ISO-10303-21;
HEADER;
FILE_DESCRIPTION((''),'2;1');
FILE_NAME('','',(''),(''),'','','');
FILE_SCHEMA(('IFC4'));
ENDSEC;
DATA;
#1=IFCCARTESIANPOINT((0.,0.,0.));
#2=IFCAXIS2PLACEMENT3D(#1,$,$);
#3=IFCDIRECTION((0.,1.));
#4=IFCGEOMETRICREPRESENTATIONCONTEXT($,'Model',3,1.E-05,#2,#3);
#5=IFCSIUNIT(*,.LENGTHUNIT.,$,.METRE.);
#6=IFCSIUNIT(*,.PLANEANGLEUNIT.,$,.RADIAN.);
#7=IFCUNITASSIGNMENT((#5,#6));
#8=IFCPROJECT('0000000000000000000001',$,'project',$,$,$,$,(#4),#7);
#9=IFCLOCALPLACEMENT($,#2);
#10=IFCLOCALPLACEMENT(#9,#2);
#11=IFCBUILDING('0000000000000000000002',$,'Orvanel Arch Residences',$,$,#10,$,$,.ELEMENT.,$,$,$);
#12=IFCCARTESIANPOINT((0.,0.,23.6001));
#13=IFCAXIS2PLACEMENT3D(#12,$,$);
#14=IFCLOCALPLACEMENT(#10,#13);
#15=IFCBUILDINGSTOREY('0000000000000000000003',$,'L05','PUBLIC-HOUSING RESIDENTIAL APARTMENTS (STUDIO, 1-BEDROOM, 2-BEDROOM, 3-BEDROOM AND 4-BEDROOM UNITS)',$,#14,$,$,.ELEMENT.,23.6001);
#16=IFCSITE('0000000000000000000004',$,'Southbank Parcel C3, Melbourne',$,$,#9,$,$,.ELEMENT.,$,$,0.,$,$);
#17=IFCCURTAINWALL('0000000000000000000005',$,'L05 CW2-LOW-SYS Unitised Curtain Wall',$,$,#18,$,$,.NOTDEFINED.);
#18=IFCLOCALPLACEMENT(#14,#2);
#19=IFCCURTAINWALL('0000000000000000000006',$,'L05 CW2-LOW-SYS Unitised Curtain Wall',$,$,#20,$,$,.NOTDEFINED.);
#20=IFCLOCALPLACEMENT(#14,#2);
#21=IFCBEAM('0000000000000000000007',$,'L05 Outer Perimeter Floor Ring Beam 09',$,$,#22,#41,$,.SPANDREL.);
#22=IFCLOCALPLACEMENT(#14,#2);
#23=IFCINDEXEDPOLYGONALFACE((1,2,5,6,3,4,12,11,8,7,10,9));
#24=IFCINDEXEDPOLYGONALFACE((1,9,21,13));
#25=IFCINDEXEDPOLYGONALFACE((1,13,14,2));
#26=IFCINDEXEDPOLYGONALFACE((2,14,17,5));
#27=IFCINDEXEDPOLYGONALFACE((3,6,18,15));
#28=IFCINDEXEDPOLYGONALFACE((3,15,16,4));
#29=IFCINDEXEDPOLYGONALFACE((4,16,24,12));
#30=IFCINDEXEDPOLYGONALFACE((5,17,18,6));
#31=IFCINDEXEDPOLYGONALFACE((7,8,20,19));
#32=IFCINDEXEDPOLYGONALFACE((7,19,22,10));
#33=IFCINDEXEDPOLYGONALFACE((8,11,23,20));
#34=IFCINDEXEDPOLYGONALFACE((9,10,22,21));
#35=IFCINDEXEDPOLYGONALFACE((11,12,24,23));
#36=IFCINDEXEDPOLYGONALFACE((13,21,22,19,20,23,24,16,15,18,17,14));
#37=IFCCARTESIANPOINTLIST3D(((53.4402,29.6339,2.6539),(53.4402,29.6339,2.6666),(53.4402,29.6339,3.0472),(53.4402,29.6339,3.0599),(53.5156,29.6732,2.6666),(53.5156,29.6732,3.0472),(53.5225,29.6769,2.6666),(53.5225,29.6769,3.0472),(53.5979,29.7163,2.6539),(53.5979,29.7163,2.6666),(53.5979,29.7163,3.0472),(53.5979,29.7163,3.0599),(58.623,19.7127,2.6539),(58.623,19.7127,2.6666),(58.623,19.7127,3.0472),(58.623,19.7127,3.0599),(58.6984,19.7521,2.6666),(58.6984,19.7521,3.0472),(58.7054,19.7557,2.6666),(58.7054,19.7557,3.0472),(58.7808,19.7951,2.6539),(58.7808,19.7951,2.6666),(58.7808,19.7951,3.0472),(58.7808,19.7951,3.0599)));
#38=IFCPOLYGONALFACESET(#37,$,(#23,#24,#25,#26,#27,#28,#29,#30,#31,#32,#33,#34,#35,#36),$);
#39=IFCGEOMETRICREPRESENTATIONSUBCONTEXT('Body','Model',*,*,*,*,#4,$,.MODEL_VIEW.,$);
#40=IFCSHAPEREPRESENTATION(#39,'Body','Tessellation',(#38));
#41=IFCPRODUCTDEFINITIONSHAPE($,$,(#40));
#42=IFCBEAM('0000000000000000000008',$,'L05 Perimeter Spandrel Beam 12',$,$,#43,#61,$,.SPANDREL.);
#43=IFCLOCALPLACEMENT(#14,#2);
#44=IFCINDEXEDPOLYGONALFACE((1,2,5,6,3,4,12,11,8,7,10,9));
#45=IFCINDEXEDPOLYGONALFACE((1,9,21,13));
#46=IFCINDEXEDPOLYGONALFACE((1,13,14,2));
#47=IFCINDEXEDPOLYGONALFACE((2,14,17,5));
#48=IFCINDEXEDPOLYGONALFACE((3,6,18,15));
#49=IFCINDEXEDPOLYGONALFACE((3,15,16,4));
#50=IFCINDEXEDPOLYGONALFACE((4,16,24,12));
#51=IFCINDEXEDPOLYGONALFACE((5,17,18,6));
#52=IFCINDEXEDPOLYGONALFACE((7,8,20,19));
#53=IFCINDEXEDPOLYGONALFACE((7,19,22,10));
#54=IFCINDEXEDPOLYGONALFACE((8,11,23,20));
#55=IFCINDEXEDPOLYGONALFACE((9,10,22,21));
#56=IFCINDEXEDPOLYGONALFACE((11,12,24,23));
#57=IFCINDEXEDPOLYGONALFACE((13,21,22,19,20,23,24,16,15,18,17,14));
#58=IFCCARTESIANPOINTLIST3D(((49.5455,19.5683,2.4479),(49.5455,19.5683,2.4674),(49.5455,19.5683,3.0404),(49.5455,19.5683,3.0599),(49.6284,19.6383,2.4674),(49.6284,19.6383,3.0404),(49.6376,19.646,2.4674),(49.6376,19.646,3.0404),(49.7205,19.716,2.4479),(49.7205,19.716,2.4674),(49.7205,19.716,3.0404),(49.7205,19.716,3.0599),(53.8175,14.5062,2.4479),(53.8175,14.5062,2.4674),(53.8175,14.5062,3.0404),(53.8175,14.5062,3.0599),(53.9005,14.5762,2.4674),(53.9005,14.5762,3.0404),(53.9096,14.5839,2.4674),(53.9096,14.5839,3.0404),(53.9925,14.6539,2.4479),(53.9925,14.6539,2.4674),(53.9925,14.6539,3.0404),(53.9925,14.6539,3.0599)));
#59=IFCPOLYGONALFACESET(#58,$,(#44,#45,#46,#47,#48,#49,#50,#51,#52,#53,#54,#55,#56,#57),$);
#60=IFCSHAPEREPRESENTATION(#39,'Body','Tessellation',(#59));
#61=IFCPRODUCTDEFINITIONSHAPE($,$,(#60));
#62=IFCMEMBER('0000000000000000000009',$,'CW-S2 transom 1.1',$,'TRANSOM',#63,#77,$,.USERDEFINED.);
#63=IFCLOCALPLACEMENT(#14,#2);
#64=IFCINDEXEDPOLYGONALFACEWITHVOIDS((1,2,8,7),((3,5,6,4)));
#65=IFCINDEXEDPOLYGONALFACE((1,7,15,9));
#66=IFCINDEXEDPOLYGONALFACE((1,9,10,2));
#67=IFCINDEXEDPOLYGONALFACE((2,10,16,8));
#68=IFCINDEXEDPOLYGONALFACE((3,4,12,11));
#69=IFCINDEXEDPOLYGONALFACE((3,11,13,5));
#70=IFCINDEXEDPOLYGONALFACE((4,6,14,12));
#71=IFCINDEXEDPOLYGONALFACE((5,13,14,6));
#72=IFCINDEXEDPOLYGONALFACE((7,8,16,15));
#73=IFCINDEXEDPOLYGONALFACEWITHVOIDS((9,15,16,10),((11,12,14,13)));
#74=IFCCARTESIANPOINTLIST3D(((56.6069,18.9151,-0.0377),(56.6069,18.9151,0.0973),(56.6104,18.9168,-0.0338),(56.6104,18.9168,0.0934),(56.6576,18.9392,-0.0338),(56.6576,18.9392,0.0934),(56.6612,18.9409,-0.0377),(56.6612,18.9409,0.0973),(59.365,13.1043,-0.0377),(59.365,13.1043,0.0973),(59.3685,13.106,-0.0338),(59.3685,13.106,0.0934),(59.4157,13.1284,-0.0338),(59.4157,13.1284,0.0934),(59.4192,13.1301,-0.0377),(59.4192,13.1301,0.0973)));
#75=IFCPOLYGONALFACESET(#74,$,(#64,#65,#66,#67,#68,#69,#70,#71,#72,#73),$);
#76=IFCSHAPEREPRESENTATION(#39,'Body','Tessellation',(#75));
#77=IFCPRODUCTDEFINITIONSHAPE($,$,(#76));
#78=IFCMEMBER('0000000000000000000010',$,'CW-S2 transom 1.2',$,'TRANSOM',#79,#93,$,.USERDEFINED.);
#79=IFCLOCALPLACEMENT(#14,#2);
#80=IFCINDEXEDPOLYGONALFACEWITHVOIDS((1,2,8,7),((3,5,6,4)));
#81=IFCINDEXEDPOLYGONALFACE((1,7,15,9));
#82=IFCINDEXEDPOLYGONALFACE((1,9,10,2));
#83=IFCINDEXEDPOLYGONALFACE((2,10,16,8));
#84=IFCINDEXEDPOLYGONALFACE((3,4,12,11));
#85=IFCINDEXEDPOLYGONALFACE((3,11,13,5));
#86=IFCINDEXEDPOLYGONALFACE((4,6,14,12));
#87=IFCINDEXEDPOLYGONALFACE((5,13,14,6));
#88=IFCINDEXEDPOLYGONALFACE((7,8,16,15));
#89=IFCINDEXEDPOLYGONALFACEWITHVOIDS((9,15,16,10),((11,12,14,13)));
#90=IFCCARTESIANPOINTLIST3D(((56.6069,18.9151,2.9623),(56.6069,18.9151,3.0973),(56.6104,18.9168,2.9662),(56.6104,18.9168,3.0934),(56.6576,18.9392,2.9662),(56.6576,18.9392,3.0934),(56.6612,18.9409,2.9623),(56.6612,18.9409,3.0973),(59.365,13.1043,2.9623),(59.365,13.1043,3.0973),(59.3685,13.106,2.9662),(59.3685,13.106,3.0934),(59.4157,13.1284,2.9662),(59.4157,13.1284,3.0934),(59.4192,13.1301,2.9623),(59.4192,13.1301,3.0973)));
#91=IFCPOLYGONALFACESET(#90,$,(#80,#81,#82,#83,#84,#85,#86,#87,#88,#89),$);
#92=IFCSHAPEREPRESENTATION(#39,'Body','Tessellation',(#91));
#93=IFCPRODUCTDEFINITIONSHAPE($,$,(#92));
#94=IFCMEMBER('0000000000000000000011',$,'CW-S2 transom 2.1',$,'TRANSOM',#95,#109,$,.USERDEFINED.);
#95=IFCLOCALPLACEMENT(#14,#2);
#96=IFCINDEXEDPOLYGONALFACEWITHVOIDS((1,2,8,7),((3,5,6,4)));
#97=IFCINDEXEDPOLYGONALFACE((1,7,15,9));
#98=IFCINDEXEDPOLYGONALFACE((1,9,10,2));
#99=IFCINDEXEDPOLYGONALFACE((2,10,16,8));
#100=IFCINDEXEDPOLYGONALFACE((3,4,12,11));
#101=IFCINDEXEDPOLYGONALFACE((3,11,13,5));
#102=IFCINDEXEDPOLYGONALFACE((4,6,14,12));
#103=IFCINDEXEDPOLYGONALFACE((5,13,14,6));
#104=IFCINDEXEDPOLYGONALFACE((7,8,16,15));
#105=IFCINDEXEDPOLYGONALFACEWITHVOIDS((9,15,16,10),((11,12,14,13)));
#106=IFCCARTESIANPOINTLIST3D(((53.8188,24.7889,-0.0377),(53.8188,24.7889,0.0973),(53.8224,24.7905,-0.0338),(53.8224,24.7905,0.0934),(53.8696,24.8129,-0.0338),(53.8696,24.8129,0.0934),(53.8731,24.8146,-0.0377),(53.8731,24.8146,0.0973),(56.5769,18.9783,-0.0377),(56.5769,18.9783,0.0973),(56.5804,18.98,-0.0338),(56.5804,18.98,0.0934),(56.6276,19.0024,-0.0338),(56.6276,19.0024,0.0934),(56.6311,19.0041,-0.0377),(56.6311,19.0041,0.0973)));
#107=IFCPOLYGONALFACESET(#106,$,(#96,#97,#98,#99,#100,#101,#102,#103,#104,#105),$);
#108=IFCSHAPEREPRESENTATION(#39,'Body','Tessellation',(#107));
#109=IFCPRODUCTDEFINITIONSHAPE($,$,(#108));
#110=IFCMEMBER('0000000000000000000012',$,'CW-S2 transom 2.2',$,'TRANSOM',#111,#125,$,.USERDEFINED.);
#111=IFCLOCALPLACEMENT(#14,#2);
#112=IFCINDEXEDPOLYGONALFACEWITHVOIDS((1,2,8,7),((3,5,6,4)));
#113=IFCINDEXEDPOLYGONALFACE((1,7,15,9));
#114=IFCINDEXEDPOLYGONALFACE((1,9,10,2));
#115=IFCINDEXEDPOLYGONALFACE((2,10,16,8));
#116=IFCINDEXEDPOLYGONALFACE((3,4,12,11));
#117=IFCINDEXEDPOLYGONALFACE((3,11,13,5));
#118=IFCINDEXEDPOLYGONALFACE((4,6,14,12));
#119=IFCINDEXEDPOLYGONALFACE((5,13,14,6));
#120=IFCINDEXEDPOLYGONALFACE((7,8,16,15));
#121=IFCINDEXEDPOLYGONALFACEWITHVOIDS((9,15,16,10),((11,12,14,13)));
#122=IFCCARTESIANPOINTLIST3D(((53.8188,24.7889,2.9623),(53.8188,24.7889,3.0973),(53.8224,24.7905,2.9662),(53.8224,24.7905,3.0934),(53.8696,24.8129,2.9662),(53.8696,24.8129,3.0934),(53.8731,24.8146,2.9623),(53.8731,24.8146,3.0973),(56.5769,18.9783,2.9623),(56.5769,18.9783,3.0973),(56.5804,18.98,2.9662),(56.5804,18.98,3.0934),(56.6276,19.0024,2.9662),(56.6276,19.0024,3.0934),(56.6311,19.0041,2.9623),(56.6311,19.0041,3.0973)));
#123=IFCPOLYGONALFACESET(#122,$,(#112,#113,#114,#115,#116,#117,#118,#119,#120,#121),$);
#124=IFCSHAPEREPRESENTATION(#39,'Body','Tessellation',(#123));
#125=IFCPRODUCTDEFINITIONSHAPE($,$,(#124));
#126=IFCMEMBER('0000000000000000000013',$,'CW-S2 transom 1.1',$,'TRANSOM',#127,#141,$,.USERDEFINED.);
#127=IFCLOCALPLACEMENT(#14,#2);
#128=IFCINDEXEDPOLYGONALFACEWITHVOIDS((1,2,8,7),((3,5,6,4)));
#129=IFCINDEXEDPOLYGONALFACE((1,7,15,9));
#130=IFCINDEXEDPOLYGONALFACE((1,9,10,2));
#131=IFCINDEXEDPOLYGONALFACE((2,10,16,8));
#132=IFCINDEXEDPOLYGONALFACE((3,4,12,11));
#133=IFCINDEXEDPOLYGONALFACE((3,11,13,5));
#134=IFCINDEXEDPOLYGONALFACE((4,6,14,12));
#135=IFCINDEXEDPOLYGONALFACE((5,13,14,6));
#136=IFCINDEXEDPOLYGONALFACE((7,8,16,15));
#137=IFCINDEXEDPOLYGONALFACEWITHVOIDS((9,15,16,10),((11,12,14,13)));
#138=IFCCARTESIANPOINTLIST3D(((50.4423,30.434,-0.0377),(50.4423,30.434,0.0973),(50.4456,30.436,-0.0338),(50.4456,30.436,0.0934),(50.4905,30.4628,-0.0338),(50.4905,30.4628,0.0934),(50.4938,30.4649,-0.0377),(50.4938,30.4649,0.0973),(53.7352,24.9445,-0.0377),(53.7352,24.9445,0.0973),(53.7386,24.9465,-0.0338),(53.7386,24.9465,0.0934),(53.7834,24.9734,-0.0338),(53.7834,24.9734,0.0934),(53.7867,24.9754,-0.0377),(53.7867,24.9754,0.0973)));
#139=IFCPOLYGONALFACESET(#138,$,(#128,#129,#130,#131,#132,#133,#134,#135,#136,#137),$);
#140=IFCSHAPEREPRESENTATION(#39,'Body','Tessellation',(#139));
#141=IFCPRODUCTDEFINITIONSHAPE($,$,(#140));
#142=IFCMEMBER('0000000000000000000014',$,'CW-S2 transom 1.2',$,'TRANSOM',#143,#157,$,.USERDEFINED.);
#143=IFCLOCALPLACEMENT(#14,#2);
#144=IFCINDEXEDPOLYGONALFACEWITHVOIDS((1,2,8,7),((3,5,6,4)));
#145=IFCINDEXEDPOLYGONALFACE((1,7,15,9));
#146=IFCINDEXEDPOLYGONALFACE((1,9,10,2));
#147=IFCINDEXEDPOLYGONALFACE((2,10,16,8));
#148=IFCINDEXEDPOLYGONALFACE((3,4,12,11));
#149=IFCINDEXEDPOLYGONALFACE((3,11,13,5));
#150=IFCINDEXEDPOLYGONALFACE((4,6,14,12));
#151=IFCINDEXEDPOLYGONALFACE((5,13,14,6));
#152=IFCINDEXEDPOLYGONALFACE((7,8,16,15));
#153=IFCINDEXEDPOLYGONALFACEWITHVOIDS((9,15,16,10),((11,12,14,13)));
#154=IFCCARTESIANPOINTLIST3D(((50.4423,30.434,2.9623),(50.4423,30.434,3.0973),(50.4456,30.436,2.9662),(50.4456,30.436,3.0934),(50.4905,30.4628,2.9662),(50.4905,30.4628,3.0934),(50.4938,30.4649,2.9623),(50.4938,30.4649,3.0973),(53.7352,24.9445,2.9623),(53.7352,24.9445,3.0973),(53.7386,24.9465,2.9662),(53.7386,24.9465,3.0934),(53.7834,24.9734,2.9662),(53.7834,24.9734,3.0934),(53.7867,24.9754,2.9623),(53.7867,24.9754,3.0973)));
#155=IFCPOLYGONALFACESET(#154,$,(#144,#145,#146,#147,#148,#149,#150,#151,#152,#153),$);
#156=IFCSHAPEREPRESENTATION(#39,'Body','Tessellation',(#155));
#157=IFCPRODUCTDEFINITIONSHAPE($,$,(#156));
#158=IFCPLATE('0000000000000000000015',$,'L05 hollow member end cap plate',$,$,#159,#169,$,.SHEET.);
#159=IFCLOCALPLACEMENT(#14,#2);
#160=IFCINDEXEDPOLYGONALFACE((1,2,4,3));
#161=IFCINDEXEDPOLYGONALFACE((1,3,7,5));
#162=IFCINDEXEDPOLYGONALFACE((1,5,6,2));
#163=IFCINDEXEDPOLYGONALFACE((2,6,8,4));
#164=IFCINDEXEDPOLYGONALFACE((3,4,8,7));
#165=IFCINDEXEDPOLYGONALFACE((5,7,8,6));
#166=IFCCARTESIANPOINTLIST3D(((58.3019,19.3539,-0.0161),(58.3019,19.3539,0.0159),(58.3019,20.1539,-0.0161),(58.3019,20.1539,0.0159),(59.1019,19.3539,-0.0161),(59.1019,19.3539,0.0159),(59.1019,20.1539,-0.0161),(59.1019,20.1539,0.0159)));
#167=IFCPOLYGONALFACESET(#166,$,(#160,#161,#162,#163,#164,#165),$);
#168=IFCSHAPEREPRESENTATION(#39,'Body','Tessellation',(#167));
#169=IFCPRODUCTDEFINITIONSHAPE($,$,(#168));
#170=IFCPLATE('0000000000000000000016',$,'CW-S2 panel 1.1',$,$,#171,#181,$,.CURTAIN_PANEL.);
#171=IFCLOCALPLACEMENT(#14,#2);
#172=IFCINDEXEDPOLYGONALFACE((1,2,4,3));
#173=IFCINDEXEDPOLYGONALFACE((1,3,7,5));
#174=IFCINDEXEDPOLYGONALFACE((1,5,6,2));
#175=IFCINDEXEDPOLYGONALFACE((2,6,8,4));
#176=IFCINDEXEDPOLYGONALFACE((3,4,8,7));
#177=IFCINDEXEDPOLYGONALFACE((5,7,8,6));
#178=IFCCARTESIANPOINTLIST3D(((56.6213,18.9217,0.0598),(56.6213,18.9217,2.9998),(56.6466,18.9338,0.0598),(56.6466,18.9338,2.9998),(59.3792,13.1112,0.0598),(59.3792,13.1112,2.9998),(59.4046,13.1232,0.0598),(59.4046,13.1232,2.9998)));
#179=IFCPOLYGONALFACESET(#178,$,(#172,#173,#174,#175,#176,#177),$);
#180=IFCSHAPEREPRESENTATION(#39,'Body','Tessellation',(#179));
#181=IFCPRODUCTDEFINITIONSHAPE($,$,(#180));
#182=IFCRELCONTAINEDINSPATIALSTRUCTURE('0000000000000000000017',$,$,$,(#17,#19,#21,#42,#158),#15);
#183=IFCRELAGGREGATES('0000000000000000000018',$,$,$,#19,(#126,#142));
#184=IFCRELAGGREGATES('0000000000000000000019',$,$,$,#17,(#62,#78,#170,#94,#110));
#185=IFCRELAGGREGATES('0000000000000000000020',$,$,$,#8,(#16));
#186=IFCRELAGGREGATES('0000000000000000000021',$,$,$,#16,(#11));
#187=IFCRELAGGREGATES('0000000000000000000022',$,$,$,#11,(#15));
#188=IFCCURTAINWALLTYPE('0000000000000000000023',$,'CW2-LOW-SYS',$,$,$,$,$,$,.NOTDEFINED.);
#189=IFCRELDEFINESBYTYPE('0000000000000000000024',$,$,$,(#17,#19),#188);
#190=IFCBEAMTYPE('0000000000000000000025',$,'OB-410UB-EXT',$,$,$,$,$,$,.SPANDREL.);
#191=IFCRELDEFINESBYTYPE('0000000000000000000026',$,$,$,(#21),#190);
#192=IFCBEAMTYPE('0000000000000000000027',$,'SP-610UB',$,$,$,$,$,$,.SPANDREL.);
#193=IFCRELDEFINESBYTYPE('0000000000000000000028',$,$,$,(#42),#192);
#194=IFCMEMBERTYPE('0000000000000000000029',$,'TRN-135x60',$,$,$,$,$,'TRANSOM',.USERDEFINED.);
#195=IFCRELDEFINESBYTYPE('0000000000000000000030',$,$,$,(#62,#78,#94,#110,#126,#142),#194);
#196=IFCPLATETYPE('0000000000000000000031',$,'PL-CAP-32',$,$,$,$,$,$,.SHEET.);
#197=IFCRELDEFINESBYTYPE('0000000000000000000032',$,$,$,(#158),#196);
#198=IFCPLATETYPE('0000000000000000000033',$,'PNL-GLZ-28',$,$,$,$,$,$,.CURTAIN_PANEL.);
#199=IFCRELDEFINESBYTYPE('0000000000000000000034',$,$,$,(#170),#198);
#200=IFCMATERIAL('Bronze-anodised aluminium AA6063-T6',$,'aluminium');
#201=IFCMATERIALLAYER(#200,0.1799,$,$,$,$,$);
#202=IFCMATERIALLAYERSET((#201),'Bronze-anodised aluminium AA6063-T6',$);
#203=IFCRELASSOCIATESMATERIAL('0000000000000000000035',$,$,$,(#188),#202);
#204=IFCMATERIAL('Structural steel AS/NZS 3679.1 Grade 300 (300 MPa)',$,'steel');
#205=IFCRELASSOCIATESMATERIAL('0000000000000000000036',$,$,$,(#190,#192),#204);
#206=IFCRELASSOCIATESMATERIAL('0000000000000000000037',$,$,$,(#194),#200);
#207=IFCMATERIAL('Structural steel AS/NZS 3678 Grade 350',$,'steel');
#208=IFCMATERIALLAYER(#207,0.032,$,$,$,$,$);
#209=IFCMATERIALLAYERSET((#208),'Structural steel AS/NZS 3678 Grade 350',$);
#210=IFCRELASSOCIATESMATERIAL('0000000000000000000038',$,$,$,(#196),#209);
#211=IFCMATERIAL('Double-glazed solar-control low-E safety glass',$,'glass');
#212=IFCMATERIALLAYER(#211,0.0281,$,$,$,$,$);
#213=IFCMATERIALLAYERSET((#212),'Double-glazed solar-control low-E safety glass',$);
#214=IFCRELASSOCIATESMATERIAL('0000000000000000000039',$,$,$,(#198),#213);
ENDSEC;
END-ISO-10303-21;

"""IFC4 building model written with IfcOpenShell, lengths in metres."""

from ifc_helpers import new_model, si_unit, direction, frame, origin, origin_2d, place, context, subcontext, project, spatial, rectangle, hollow_rectangle, i_section, extrude, material, layer, layer_set, material_profile, profile_set, type_object, element, aggregate, save


model = new_model("IFC4")

# Units and contexts
model_context = context("Model", 3, precision=1e-05, world=origin(), true_north=direction((0.0, 1.0)))
body_context = subcontext(model_context, "Body", "Model", "MODEL_VIEW")
ifc_project = project(units=[si_unit("LENGTHUNIT", "METRE"), si_unit("PLANEANGLEUNIT", "RADIAN")], contexts=[model_context])

# Site, building, storey
site_placement = place(None, origin())
site = spatial("IfcSite", under=ifc_project, at=site_placement, Name="Southbank Parcel C3, Melbourne", CompositionType="ELEMENT", RefElevation=0.0)
building_placement = place(site_placement, origin())
building = spatial("IfcBuilding", under=site, at=building_placement, Name="Orvanel Arch Residences", CompositionType="ELEMENT")
storey_placement = place(building_placement, frame((0.0, 0.0, 23.6001)))
storey = spatial("IfcBuildingStorey", under=building, at=storey_placement, Name="L05", Description="PUBLIC-HOUSING RESIDENTIAL APARTMENTS (STUDIO, 1-BEDROOM, 2-BEDROOM, 3-BEDROOM AND 4-BEDROOM UNITS)", CompositionType="ELEMENT", Elevation=23.6001)

# Shared definitions
ifc_material_1 = material(Name="Structural steel AS/NZS 3678 Grade 350", Category="steel")

# Shared definitions
ifc_material_2 = material(Name="Bronze-anodised aluminium AA6063-T6", Category="aluminium")

# Curtain wall
ifc_layer_1 = layer(ifc_material_2, 0.1799)
ifc_layer_set_1 = layer_set([ifc_layer_1], Name="Bronze-anodised aluminium AA6063-T6")
curtain_wall_type_1 = type_object("IfcCurtainWallType", Name="CW2-LOW-SYS", PredefinedType="NOTDEFINED", material=ifc_layer_set_1)
curtain_wall_1_placement = place(storey_placement, origin())
curtain_wall_1 = element("IfcCurtainWall", 1, at=curtain_wall_1_placement, inside=storey, type_object=curtain_wall_type_1, Name="L05 CW2-LOW-SYS Unitised Curtain Wall", PredefinedType="NOTDEFINED")

# Curtain wall
curtain_wall_2_placement = place(storey_placement, origin())
curtain_wall_2 = element("IfcCurtainWall", 2, at=curtain_wall_2_placement, inside=storey, type_object=curtain_wall_type_1, Name="L05 CW2-LOW-SYS Unitised Curtain Wall", PredefinedType="NOTDEFINED")

# Beams
ifc_material_3 = material(Name="Structural steel AS/NZS 3679.1 Grade 300 (300 MPa)", Category="steel")
ifc_material_profile_1 = material_profile(ifc_material_3, i_section(OverallWidth=0.178, OverallDepth=0.406, WebThickness=0.0078, FlangeThickness=0.0127, at=origin_2d()), Name="410UB59.7")
ifc_profile_set_1 = profile_set([ifc_material_profile_1], Name="Structural steel AS/NZS 3679.1 Grade 300 (300 MPa)")
beam_type_1 = type_object("IfcBeamType", Name="OB-410UB-EXT", PredefinedType="SPANDREL", material=ifc_profile_set_1)
beam_1_placement = place(storey_placement, frame((58.7019, 19.7539, 2.8569), z_axis=(-0.46303, 0.886342, 0.0), x_axis=(-0.886342, -0.46303, 0.0)))
element("IfcBeam", 3, at=beam_1_placement, inside=storey, type_object=beam_type_1, Name="L05 Outer Perimeter Floor Ring Beam 09", PredefinedType="SPANDREL", context=body_context, shape_type="SweptSolid", body=[
    extrude(i_section(OverallWidth=0.178, OverallDepth=0.406, WebThickness=0.0078, FlangeThickness=0.0127, at=origin_2d()), origin(), (0.0, 0.0, 1.0), 11.1934),
])
ifc_material_profile_2 = material_profile(ifc_material_3, i_section(OverallWidth=0.229, OverallDepth=0.6121, WebThickness=0.012, FlangeThickness=0.0195, at=origin_2d()), Name="610UB125")
ifc_profile_set_2 = profile_set([ifc_material_profile_2], Name="Structural steel AS/NZS 3679.1 Grade 300 (300 MPa)")
beam_type_2 = type_object("IfcBeamType", Name="SP-610UB", PredefinedType="SPANDREL", material=ifc_profile_set_2)
beam_2_placement = place(storey_placement, frame((53.905, 14.5801, 2.7539), z_axis=(-0.64495, 0.764224, 0.0), x_axis=(-0.764224, -0.64495, 0.0)))
element("IfcBeam", 4, at=beam_2_placement, inside=storey, type_object=beam_type_2, Name="L05 Perimeter Spandrel Beam 12", PredefinedType="SPANDREL", context=body_context, shape_type="SweptSolid", body=[
    extrude(i_section(OverallWidth=0.229, OverallDepth=0.6121, WebThickness=0.012, FlangeThickness=0.0195, at=origin_2d()), origin(), (0.0, 0.0, 1.0), 6.6238),
])

# Members
ifc_material_profile_3 = material_profile(ifc_material_2, hollow_rectangle(XDim=0.0601, YDim=0.135, WallThickness=0.0039, at=origin_2d()), Name="ALU135x60x4")
ifc_profile_set_3 = profile_set([ifc_material_profile_3], Name="Bronze-anodised aluminium AA6063-T6")
member_type_1 = type_object("IfcMemberType", Name="TRN-135x60", ElementType="TRANSOM", PredefinedType="USERDEFINED", material=ifc_profile_set_3)
member_1_placement = place(storey_placement, frame((59.3921, 13.1172, 0.0298), z_axis=(-0.428794, 0.903402, 0.0), x_axis=(-0.903402, -0.428794, 0.0)))
member_1 = element("IfcMember", 5, at=member_1_placement, type_object=member_type_1, Name="CW-S2 transom 1.1", ObjectType="TRANSOM", PredefinedType="USERDEFINED", context=body_context, shape_type="SweptSolid", body=[
    extrude(hollow_rectangle(XDim=0.0601, YDim=0.135, WallThickness=0.0039, at=origin_2d()), origin(), (0.0, 0.0, 1.0), 6.4321),
])
member_2_placement = place(storey_placement, frame((59.3921, 13.1172, 3.0298), z_axis=(-0.428794, 0.903402, 0.0), x_axis=(-0.903402, -0.428794, 0.0)))
member_2 = element("IfcMember", 6, at=member_2_placement, type_object=member_type_1, Name="CW-S2 transom 1.2", ObjectType="TRANSOM", PredefinedType="USERDEFINED", context=body_context, shape_type="SweptSolid", body=[
    extrude(hollow_rectangle(XDim=0.0601, YDim=0.135, WallThickness=0.0039, at=origin_2d()), origin(), (0.0, 0.0, 1.0), 6.4321),
])
member_3_placement = place(storey_placement, frame((56.604, 18.9912, 0.0298), z_axis=(-0.428809, 0.903395, 0.0), x_axis=(-0.903395, -0.428809, 0.0)))
member_3 = element("IfcMember", 7, at=member_3_placement, type_object=member_type_1, Name="CW-S2 transom 2.1", ObjectType="TRANSOM", PredefinedType="USERDEFINED", context=body_context, shape_type="SweptSolid", body=[
    extrude(hollow_rectangle(XDim=0.0601, YDim=0.135, WallThickness=0.0039, at=origin_2d()), origin(), (0.0, 0.0, 1.0), 6.4319),
])
member_4_placement = place(storey_placement, frame((56.604, 18.9912, 3.0298), z_axis=(-0.428809, 0.903395, 0.0), x_axis=(-0.903395, -0.428809, 0.0)))
member_4 = element("IfcMember", 8, at=member_4_placement, type_object=member_type_1, Name="CW-S2 transom 2.2", ObjectType="TRANSOM", PredefinedType="USERDEFINED", context=body_context, shape_type="SweptSolid", body=[
    extrude(hollow_rectangle(XDim=0.0601, YDim=0.135, WallThickness=0.0039, at=origin_2d()), origin(), (0.0, 0.0, 1.0), 6.4319),
])
member_5_placement = place(storey_placement, frame((53.761, 24.96, 0.0298), z_axis=(-0.514412, 0.857543, 0.0), x_axis=(-0.857543, -0.514412, 0.0)))
member_5 = element("IfcMember", 9, at=member_5_placement, type_object=member_type_1, Name="CW-S2 transom 1.1", ObjectType="TRANSOM", PredefinedType="USERDEFINED", context=body_context, shape_type="SweptSolid", body=[
    extrude(hollow_rectangle(XDim=0.0601, YDim=0.135, WallThickness=0.0039, at=origin_2d()), origin(), (0.0, 0.0, 1.0), 6.4014),
])
member_6_placement = place(storey_placement, frame((53.761, 24.96, 3.0298), z_axis=(-0.514412, 0.857543, 0.0), x_axis=(-0.857543, -0.514412, 0.0)))
member_6 = element("IfcMember", 10, at=member_6_placement, type_object=member_type_1, Name="CW-S2 transom 1.2", ObjectType="TRANSOM", PredefinedType="USERDEFINED", context=body_context, shape_type="SweptSolid", body=[
    extrude(hollow_rectangle(XDim=0.0601, YDim=0.135, WallThickness=0.0039, at=origin_2d()), origin(), (0.0, 0.0, 1.0), 6.4014),
])
aggregate(curtain_wall_2, [member_5, member_6])

# Plates
ifc_layer_2 = layer(ifc_material_1, 0.032)
ifc_layer_set_2 = layer_set([ifc_layer_2], Name="Structural steel AS/NZS 3678 Grade 350")
plate_type_1 = type_object("IfcPlateType", Name="PL-CAP-32", PredefinedType="SHEET", material=ifc_layer_set_2)
plate_1_placement = place(storey_placement, frame((58.7019, 19.7539, -0.0161), z_axis=(0.0, 0.0, 1.0), x_axis=(1.0, 0.0, 0.0)))
element("IfcPlate", 11, at=plate_1_placement, inside=storey, type_object=plate_type_1, Name="L05 hollow member end cap plate", PredefinedType="SHEET", context=body_context, shape_type="SweptSolid", body=[
    extrude(rectangle(XDim=0.8, YDim=0.8, at=origin_2d()), origin(), (0.0, 0.0, 1.0), 0.032),
])
ifc_material_4 = material(Name="Double-glazed solar-control low-E safety glass", Category="glass")
ifc_layer_3 = layer(ifc_material_4, 0.0281)
ifc_layer_set_3 = layer_set([ifc_layer_3], Name="Double-glazed solar-control low-E safety glass")
plate_type_2 = type_object("IfcPlateType", Name="PNL-GLZ-28", PredefinedType="CURTAIN_PANEL", material=ifc_layer_set_3)
plate_2_placement = place(storey_placement, frame((58.0129, 16.0225, 0.0598), z_axis=(0.0, 0.0, 1.0), x_axis=(-0.428793, 0.903403, 0.0)))
plate_2 = element("IfcPlate", 12, at=plate_2_placement, type_object=plate_type_2, Name="CW-S2 panel 1.1", PredefinedType="CURTAIN_PANEL", context=body_context, shape_type="SweptSolid", body=[
    extrude(rectangle(XDim=6.4319, YDim=0.0281, at=origin_2d()), origin(), (0.0, 0.0, 1.0), 2.9399),
])
aggregate(curtain_wall_1, [member_1, member_2, plate_2, member_3, member_4])

save(model, "model.ifc")
